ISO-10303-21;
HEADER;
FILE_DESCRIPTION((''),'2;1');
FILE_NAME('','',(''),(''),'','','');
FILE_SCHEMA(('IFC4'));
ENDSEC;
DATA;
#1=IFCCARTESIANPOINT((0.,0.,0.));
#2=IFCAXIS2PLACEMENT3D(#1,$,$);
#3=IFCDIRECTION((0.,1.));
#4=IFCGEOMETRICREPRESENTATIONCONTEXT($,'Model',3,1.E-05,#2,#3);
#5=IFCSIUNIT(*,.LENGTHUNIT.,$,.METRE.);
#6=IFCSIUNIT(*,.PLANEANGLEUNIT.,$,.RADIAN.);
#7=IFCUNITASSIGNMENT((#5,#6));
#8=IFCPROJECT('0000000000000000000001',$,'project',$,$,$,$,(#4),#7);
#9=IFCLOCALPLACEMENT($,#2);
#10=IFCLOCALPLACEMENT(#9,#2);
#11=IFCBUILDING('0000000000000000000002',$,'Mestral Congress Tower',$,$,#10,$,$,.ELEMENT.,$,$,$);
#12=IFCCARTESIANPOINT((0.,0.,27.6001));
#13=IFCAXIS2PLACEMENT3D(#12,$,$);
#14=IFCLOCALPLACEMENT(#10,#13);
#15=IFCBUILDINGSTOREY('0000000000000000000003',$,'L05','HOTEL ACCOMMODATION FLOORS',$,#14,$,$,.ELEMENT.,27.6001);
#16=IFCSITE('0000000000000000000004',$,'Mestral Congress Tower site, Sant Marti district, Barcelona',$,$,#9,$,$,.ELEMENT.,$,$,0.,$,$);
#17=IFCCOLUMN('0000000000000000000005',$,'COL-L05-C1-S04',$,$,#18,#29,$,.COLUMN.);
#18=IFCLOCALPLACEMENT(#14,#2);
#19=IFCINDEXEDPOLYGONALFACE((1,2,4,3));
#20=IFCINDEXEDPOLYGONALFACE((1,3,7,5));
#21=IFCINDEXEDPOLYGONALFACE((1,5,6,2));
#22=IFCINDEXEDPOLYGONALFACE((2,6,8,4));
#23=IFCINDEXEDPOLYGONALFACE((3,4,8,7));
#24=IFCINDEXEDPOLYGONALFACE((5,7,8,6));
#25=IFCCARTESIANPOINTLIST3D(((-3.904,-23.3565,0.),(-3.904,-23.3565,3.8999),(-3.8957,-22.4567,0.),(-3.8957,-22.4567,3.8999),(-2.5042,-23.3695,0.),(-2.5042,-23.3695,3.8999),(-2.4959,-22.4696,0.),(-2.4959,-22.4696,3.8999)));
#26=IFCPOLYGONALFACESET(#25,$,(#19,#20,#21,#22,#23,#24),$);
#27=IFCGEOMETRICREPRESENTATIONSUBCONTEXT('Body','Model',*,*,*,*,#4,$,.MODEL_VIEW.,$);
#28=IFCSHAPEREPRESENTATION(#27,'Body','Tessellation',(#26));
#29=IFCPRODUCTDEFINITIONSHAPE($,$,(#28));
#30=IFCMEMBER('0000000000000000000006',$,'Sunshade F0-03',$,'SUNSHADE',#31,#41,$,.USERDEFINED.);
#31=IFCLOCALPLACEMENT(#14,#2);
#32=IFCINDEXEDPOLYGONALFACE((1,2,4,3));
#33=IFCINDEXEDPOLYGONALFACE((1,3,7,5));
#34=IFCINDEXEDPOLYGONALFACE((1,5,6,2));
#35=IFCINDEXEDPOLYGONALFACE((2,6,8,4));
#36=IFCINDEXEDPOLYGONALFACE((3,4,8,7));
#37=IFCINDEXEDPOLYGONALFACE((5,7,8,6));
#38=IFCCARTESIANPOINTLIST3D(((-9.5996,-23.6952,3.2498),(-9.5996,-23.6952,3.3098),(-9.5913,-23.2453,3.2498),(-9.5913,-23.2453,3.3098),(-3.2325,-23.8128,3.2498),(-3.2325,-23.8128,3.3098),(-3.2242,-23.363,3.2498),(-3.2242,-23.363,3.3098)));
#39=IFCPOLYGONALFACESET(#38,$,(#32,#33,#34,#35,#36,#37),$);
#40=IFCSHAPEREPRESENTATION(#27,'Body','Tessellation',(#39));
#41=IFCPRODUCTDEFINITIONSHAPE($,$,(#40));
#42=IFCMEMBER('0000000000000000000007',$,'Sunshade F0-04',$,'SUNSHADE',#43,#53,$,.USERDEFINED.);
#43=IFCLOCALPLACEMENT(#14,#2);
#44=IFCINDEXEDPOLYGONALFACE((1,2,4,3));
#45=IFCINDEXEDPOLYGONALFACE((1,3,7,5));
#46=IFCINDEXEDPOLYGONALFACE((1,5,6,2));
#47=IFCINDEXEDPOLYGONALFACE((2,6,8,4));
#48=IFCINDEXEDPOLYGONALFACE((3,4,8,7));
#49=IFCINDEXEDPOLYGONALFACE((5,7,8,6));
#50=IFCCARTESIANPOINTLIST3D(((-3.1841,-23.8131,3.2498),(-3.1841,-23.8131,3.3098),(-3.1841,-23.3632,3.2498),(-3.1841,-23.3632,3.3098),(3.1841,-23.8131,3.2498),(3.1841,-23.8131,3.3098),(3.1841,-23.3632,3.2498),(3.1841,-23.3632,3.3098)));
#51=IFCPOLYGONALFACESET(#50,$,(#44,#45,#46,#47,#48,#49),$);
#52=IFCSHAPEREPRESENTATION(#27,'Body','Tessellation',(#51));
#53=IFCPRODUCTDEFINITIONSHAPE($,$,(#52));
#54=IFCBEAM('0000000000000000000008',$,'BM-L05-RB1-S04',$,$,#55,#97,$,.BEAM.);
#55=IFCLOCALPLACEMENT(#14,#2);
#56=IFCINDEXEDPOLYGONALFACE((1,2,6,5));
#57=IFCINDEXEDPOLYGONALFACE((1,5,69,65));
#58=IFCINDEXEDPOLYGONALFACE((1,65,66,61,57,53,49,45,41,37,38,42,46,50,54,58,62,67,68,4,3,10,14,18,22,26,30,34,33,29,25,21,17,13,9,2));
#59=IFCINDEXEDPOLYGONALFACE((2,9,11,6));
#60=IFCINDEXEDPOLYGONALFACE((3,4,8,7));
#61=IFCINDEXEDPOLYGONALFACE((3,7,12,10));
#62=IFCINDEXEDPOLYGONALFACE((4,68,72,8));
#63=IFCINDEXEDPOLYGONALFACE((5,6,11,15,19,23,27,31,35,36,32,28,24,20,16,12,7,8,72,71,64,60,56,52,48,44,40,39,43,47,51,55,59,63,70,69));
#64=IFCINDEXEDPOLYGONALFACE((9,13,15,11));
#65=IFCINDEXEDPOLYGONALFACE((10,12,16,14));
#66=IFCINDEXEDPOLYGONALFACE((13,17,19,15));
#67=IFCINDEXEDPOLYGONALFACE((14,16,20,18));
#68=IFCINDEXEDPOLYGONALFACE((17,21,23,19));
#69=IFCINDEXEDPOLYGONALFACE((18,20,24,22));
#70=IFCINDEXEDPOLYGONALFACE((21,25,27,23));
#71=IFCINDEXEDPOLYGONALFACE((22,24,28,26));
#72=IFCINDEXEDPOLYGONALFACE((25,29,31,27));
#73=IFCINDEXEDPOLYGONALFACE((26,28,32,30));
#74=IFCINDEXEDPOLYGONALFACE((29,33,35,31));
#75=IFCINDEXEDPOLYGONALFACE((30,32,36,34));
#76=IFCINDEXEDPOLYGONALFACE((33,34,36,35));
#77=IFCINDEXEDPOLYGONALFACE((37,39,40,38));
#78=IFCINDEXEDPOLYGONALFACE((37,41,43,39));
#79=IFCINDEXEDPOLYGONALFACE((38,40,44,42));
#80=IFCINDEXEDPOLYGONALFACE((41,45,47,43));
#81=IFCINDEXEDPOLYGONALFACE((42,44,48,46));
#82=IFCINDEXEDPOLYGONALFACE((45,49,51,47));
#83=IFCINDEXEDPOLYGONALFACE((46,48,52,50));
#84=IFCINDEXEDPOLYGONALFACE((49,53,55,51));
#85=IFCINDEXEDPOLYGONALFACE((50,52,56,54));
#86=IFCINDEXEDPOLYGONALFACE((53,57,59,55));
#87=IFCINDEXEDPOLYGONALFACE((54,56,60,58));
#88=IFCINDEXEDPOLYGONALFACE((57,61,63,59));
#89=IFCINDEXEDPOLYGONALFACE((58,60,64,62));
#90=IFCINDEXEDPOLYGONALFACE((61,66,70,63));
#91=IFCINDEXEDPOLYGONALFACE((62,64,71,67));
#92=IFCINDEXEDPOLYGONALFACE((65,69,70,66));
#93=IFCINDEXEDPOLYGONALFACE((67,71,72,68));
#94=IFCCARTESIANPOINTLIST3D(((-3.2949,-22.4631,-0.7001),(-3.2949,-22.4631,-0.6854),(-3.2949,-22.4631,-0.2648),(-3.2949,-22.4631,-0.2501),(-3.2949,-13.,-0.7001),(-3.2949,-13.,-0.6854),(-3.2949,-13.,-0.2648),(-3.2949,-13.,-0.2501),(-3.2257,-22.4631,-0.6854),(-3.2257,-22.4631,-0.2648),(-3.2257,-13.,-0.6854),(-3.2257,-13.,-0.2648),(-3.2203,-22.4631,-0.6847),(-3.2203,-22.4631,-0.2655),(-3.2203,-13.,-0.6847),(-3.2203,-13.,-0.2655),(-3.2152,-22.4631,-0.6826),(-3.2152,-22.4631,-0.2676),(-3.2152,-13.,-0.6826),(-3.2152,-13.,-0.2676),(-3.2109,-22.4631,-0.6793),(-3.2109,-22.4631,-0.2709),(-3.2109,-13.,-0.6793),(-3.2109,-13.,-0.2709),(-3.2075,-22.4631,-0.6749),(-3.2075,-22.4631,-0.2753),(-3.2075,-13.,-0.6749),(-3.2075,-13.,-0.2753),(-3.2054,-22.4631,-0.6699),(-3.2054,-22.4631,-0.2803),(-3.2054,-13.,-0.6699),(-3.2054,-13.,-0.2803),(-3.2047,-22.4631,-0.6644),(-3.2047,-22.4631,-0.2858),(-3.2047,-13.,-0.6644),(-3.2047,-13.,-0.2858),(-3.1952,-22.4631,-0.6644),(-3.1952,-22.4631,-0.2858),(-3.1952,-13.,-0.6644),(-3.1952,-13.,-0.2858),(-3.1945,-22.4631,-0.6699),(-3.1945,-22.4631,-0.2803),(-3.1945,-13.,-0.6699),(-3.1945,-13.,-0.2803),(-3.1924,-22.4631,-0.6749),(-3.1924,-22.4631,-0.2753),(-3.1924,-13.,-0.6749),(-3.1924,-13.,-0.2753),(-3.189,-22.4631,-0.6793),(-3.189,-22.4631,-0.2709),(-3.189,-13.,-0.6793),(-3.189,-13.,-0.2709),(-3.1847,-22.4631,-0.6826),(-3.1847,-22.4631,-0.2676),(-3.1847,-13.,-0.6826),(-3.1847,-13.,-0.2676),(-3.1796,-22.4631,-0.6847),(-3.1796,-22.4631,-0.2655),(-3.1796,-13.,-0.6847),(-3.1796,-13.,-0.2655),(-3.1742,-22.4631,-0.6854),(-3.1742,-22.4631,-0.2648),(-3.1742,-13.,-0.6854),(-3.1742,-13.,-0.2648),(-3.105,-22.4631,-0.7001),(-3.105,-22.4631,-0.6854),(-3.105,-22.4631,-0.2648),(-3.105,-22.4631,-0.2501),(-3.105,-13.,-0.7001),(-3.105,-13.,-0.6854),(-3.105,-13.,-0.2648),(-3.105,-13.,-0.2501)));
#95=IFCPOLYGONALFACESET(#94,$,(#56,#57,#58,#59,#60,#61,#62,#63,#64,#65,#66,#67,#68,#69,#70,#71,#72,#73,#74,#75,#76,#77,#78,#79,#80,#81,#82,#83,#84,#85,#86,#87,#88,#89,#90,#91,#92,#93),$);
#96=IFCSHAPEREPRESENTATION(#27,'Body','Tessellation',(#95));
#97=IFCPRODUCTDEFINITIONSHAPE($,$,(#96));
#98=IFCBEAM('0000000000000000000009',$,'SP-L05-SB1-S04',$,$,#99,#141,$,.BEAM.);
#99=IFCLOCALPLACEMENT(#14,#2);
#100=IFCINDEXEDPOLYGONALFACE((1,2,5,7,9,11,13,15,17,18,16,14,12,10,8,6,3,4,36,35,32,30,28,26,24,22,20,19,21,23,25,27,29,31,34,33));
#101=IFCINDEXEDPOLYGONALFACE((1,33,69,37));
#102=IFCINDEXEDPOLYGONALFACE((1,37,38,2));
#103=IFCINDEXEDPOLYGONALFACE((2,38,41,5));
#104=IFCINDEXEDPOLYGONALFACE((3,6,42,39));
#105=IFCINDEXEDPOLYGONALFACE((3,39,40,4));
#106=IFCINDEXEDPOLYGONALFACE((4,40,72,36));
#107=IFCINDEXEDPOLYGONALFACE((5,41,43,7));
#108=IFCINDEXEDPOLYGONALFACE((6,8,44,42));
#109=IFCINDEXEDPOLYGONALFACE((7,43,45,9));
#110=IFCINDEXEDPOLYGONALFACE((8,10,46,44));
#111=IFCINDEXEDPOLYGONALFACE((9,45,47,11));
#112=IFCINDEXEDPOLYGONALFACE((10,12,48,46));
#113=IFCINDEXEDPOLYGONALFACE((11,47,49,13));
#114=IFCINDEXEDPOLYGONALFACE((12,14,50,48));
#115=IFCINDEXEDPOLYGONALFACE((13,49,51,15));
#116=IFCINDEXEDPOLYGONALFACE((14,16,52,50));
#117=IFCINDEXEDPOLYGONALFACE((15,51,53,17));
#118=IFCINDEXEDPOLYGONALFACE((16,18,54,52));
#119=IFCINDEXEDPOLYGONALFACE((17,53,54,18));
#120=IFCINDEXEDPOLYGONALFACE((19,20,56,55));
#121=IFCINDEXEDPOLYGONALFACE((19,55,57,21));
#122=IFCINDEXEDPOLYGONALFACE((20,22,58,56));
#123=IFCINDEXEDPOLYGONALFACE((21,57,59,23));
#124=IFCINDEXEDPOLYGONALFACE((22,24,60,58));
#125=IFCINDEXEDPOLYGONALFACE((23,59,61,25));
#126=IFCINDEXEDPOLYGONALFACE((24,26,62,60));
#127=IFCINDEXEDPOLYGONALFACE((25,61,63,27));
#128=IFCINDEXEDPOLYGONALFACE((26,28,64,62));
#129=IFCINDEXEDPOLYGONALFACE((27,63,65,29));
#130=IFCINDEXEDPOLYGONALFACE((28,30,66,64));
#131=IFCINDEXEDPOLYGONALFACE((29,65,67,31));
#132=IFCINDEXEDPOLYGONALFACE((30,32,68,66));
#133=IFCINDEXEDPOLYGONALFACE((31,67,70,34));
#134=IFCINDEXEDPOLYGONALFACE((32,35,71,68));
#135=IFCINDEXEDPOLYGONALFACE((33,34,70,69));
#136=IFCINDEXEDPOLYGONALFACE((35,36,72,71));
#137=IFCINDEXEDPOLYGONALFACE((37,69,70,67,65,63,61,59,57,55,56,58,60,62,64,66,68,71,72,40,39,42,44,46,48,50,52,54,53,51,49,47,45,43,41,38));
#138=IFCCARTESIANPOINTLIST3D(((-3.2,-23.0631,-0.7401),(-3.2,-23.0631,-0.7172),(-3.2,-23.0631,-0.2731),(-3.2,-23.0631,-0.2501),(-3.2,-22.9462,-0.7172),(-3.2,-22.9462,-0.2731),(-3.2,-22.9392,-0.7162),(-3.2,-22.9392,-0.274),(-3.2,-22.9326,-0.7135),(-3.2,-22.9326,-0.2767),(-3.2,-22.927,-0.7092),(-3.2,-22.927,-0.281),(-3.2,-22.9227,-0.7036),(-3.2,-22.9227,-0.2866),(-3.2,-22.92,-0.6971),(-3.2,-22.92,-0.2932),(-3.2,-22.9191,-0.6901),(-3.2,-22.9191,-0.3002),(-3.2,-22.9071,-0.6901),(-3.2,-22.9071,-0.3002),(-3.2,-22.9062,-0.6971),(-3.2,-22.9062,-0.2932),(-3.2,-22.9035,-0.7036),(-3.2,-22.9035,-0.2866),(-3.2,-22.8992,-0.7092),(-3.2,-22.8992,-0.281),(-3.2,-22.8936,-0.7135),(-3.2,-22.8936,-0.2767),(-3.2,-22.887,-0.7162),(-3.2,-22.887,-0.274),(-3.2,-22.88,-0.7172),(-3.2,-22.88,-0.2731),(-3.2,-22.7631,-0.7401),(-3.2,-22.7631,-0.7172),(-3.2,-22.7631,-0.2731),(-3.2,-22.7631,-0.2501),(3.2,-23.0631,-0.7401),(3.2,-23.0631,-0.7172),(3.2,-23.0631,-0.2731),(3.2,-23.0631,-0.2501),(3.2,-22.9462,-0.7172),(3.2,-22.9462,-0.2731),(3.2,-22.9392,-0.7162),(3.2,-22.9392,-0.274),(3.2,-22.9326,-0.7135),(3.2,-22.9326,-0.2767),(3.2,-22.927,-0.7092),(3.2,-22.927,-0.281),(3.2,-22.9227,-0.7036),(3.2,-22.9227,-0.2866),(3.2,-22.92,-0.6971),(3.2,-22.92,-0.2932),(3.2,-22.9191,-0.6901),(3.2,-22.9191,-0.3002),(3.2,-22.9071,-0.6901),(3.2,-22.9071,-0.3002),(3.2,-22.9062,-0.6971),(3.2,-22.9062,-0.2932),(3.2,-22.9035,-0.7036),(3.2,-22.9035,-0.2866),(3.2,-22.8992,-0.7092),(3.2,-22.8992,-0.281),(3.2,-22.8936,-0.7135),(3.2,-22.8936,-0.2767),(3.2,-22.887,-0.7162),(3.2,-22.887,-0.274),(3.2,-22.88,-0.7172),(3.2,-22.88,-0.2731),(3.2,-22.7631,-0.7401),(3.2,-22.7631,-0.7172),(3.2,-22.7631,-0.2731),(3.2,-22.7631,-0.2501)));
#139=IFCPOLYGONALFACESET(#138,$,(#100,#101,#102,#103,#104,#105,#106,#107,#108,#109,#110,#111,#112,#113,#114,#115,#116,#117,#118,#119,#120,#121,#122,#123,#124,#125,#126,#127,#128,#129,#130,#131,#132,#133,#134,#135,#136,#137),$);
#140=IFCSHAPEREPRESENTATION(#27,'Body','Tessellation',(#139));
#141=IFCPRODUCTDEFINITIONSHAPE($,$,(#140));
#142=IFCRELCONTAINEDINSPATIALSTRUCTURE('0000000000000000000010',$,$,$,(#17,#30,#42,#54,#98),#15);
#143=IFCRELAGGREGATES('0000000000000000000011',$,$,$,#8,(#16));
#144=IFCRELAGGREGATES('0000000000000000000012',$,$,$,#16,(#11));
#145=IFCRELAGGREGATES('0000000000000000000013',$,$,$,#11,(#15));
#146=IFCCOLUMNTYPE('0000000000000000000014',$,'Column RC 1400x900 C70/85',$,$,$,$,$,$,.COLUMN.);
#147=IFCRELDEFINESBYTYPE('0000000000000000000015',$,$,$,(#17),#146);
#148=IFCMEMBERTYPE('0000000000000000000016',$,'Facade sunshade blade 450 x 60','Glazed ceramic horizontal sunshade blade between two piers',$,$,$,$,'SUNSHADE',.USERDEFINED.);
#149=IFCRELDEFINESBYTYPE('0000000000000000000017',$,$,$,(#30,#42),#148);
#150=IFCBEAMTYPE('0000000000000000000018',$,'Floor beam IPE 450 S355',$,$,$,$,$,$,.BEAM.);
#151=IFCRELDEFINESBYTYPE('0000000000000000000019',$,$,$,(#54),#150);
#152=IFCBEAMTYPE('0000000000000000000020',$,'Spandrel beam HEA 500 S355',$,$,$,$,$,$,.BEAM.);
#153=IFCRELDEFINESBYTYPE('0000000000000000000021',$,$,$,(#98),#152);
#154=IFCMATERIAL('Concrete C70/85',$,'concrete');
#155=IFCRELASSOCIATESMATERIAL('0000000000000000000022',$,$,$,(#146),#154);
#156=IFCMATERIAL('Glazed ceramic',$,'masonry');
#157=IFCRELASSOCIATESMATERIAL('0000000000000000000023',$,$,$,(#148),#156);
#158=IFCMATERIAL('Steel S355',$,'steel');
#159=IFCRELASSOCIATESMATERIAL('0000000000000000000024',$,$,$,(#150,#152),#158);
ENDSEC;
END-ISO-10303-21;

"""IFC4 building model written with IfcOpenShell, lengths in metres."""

from ifc_helpers import new_model, si_unit, direction, frame, origin, origin_2d, place, context, subcontext, project, spatial, rectangle, i_section, extrude, material, material_profile, profile_set, type_object, element, save


model = new_model("IFC4")

# Units and contexts
model_context = context("Model", 3, precision=1e-05, world=origin(), true_north=direction((0.0, 1.0)))
body_context = subcontext(model_context, "Body", "Model", "MODEL_VIEW")
ifc_project = project(units=[si_unit("LENGTHUNIT", "METRE"), si_unit("PLANEANGLEUNIT", "RADIAN")], contexts=[model_context])

# Site, building, storey
site_placement = place(None, origin())
site = spatial("IfcSite", under=ifc_project, at=site_placement, Name="Mestral Congress Tower site, Sant Marti district, Barcelona", CompositionType="ELEMENT", RefElevation=0.0)
building_placement = place(site_placement, origin())
building = spatial("IfcBuilding", under=site, at=building_placement, Name="Mestral Congress Tower", CompositionType="ELEMENT")
storey_placement = place(building_placement, frame((0.0, 0.0, 27.6001)))
storey = spatial("IfcBuildingStorey", under=building, at=storey_placement, Name="L05", Description="HOTEL ACCOMMODATION FLOORS", CompositionType="ELEMENT", Elevation=27.6001)

# Column
ifc_material_1 = material(Name="Concrete C70/85", Category="concrete")
ifc_material_profile_1 = material_profile(ifc_material_1, rectangle(XDim=1.3999, YDim=0.8999, at=origin_2d()), Name="RC 1400x900")
ifc_profile_set_1 = profile_set([ifc_material_profile_1], Name="Concrete C70/85")
column_type = type_object("IfcColumnType", Name="Column RC 1400x900 C70/85", PredefinedType="COLUMN", material=ifc_profile_set_1)
column_placement = place(storey_placement, frame((-3.2, -22.9131, 0.0), z_axis=(0.0, 0.0, 1.0), x_axis=(0.999957, -0.009243, 0.0)))
element("IfcColumn", 1, at=column_placement, inside=storey, type_object=column_type, Name="COL-L05-C1-S04", PredefinedType="COLUMN", context=body_context, shape_type="SweptSolid", body=[
    extrude(rectangle(XDim=1.3999, YDim=0.8999, at=origin_2d()), origin(), (0.0, 0.0, 1.0), 3.8999),
])

# Members
ifc_material_2 = material(Name="Glazed ceramic", Category="masonry")
ifc_material_profile_2 = material_profile(ifc_material_2, rectangle(XDim=0.45, YDim=0.0601, at=origin_2d()), Name="Ceramic blade 450 x 60")
ifc_profile_set_2 = profile_set([ifc_material_profile_2], Name="Glazed ceramic")
member_type = type_object("IfcMemberType", Name="Facade sunshade blade 450 x 60", Description="Glazed ceramic horizontal sunshade blade between two piers", ElementType="SUNSHADE", PredefinedType="USERDEFINED", material=ifc_profile_set_2)
for number, where, z_axis, x_axis, name in (
    (2, (-9.5955, -23.4702, 3.2798), (0.999829, -0.018478, 0.0), (0.018478, 0.999829, 0.0), "Sunshade F0-03"),
    (3, (-3.1841, -23.5881, 3.2798), (1.0, 0.0, 0.0), (0.0, 1.0, 0.0), "Sunshade F0-04"),
):
    element("IfcMember", number, at=place(storey_placement, frame(where, z_axis=z_axis, x_axis=x_axis)), inside=storey, type_object=member_type, Name=name, ObjectType="SUNSHADE", PredefinedType="USERDEFINED", context=body_context, shape_type="SweptSolid", body=[
        extrude(rectangle(XDim=0.45, YDim=0.0601, at=origin_2d()), origin(), (0.0, 0.0, 1.0), 6.3682),
    ])

# Beams
ifc_material_3 = material(Name="Steel S355", Category="steel")
ifc_material_profile_3 = material_profile(ifc_material_3, i_section(OverallWidth=0.1899, OverallDepth=0.45, WebThickness=0.0095, FlangeThickness=0.0146, FilletRadius=0.021, at=origin_2d()), Name="IPE 450")
ifc_profile_set_3 = profile_set([ifc_material_profile_3], Name="Steel S355")
beam_type_1 = type_object("IfcBeamType", Name="Floor beam IPE 450 S355", PredefinedType="BEAM", material=ifc_profile_set_3)
beam_1_placement = place(storey_placement, frame((-3.2, -22.4631, -0.4751), z_axis=(0.0, 1.0, 0.0), x_axis=(-1.0, 0.0, 0.0)))
element("IfcBeam", 4, at=beam_1_placement, inside=storey, type_object=beam_type_1, Name="BM-L05-RB1-S04", PredefinedType="BEAM", context=body_context, shape_type="SweptSolid", body=[
    extrude(i_section(OverallWidth=0.1899, OverallDepth=0.45, WebThickness=0.0095, FlangeThickness=0.0146, FilletRadius=0.021, at=origin_2d()), origin(), (0.0, 0.0, 1.0), 9.4631),
])
ifc_material_profile_4 = material_profile(ifc_material_3, i_section(OverallWidth=0.3, OverallDepth=0.49, WebThickness=0.012, FlangeThickness=0.0229, FilletRadius=0.0271, at=origin_2d()), Name="HEA 500")
ifc_profile_set_4 = profile_set([ifc_material_profile_4], Name="Steel S355")
beam_type_2 = type_object("IfcBeamType", Name="Spandrel beam HEA 500 S355", PredefinedType="BEAM", material=ifc_profile_set_4)
beam_2_placement = place(storey_placement, frame((-3.2, -22.9131, -0.4951), z_axis=(1.0, 0.0, 0.0), x_axis=(0.0, 1.0, 0.0)))
element("IfcBeam", 5, at=beam_2_placement, inside=storey, type_object=beam_type_2, Name="SP-L05-SB1-S04", PredefinedType="BEAM", context=body_context, shape_type="SweptSolid", body=[
    extrude(i_section(OverallWidth=0.3, OverallDepth=0.49, WebThickness=0.012, FlangeThickness=0.0229, FilletRadius=0.0271, at=origin_2d()), origin(), (0.0, 0.0, 1.0), 6.3999),
])

save(model, "model.ifc")
